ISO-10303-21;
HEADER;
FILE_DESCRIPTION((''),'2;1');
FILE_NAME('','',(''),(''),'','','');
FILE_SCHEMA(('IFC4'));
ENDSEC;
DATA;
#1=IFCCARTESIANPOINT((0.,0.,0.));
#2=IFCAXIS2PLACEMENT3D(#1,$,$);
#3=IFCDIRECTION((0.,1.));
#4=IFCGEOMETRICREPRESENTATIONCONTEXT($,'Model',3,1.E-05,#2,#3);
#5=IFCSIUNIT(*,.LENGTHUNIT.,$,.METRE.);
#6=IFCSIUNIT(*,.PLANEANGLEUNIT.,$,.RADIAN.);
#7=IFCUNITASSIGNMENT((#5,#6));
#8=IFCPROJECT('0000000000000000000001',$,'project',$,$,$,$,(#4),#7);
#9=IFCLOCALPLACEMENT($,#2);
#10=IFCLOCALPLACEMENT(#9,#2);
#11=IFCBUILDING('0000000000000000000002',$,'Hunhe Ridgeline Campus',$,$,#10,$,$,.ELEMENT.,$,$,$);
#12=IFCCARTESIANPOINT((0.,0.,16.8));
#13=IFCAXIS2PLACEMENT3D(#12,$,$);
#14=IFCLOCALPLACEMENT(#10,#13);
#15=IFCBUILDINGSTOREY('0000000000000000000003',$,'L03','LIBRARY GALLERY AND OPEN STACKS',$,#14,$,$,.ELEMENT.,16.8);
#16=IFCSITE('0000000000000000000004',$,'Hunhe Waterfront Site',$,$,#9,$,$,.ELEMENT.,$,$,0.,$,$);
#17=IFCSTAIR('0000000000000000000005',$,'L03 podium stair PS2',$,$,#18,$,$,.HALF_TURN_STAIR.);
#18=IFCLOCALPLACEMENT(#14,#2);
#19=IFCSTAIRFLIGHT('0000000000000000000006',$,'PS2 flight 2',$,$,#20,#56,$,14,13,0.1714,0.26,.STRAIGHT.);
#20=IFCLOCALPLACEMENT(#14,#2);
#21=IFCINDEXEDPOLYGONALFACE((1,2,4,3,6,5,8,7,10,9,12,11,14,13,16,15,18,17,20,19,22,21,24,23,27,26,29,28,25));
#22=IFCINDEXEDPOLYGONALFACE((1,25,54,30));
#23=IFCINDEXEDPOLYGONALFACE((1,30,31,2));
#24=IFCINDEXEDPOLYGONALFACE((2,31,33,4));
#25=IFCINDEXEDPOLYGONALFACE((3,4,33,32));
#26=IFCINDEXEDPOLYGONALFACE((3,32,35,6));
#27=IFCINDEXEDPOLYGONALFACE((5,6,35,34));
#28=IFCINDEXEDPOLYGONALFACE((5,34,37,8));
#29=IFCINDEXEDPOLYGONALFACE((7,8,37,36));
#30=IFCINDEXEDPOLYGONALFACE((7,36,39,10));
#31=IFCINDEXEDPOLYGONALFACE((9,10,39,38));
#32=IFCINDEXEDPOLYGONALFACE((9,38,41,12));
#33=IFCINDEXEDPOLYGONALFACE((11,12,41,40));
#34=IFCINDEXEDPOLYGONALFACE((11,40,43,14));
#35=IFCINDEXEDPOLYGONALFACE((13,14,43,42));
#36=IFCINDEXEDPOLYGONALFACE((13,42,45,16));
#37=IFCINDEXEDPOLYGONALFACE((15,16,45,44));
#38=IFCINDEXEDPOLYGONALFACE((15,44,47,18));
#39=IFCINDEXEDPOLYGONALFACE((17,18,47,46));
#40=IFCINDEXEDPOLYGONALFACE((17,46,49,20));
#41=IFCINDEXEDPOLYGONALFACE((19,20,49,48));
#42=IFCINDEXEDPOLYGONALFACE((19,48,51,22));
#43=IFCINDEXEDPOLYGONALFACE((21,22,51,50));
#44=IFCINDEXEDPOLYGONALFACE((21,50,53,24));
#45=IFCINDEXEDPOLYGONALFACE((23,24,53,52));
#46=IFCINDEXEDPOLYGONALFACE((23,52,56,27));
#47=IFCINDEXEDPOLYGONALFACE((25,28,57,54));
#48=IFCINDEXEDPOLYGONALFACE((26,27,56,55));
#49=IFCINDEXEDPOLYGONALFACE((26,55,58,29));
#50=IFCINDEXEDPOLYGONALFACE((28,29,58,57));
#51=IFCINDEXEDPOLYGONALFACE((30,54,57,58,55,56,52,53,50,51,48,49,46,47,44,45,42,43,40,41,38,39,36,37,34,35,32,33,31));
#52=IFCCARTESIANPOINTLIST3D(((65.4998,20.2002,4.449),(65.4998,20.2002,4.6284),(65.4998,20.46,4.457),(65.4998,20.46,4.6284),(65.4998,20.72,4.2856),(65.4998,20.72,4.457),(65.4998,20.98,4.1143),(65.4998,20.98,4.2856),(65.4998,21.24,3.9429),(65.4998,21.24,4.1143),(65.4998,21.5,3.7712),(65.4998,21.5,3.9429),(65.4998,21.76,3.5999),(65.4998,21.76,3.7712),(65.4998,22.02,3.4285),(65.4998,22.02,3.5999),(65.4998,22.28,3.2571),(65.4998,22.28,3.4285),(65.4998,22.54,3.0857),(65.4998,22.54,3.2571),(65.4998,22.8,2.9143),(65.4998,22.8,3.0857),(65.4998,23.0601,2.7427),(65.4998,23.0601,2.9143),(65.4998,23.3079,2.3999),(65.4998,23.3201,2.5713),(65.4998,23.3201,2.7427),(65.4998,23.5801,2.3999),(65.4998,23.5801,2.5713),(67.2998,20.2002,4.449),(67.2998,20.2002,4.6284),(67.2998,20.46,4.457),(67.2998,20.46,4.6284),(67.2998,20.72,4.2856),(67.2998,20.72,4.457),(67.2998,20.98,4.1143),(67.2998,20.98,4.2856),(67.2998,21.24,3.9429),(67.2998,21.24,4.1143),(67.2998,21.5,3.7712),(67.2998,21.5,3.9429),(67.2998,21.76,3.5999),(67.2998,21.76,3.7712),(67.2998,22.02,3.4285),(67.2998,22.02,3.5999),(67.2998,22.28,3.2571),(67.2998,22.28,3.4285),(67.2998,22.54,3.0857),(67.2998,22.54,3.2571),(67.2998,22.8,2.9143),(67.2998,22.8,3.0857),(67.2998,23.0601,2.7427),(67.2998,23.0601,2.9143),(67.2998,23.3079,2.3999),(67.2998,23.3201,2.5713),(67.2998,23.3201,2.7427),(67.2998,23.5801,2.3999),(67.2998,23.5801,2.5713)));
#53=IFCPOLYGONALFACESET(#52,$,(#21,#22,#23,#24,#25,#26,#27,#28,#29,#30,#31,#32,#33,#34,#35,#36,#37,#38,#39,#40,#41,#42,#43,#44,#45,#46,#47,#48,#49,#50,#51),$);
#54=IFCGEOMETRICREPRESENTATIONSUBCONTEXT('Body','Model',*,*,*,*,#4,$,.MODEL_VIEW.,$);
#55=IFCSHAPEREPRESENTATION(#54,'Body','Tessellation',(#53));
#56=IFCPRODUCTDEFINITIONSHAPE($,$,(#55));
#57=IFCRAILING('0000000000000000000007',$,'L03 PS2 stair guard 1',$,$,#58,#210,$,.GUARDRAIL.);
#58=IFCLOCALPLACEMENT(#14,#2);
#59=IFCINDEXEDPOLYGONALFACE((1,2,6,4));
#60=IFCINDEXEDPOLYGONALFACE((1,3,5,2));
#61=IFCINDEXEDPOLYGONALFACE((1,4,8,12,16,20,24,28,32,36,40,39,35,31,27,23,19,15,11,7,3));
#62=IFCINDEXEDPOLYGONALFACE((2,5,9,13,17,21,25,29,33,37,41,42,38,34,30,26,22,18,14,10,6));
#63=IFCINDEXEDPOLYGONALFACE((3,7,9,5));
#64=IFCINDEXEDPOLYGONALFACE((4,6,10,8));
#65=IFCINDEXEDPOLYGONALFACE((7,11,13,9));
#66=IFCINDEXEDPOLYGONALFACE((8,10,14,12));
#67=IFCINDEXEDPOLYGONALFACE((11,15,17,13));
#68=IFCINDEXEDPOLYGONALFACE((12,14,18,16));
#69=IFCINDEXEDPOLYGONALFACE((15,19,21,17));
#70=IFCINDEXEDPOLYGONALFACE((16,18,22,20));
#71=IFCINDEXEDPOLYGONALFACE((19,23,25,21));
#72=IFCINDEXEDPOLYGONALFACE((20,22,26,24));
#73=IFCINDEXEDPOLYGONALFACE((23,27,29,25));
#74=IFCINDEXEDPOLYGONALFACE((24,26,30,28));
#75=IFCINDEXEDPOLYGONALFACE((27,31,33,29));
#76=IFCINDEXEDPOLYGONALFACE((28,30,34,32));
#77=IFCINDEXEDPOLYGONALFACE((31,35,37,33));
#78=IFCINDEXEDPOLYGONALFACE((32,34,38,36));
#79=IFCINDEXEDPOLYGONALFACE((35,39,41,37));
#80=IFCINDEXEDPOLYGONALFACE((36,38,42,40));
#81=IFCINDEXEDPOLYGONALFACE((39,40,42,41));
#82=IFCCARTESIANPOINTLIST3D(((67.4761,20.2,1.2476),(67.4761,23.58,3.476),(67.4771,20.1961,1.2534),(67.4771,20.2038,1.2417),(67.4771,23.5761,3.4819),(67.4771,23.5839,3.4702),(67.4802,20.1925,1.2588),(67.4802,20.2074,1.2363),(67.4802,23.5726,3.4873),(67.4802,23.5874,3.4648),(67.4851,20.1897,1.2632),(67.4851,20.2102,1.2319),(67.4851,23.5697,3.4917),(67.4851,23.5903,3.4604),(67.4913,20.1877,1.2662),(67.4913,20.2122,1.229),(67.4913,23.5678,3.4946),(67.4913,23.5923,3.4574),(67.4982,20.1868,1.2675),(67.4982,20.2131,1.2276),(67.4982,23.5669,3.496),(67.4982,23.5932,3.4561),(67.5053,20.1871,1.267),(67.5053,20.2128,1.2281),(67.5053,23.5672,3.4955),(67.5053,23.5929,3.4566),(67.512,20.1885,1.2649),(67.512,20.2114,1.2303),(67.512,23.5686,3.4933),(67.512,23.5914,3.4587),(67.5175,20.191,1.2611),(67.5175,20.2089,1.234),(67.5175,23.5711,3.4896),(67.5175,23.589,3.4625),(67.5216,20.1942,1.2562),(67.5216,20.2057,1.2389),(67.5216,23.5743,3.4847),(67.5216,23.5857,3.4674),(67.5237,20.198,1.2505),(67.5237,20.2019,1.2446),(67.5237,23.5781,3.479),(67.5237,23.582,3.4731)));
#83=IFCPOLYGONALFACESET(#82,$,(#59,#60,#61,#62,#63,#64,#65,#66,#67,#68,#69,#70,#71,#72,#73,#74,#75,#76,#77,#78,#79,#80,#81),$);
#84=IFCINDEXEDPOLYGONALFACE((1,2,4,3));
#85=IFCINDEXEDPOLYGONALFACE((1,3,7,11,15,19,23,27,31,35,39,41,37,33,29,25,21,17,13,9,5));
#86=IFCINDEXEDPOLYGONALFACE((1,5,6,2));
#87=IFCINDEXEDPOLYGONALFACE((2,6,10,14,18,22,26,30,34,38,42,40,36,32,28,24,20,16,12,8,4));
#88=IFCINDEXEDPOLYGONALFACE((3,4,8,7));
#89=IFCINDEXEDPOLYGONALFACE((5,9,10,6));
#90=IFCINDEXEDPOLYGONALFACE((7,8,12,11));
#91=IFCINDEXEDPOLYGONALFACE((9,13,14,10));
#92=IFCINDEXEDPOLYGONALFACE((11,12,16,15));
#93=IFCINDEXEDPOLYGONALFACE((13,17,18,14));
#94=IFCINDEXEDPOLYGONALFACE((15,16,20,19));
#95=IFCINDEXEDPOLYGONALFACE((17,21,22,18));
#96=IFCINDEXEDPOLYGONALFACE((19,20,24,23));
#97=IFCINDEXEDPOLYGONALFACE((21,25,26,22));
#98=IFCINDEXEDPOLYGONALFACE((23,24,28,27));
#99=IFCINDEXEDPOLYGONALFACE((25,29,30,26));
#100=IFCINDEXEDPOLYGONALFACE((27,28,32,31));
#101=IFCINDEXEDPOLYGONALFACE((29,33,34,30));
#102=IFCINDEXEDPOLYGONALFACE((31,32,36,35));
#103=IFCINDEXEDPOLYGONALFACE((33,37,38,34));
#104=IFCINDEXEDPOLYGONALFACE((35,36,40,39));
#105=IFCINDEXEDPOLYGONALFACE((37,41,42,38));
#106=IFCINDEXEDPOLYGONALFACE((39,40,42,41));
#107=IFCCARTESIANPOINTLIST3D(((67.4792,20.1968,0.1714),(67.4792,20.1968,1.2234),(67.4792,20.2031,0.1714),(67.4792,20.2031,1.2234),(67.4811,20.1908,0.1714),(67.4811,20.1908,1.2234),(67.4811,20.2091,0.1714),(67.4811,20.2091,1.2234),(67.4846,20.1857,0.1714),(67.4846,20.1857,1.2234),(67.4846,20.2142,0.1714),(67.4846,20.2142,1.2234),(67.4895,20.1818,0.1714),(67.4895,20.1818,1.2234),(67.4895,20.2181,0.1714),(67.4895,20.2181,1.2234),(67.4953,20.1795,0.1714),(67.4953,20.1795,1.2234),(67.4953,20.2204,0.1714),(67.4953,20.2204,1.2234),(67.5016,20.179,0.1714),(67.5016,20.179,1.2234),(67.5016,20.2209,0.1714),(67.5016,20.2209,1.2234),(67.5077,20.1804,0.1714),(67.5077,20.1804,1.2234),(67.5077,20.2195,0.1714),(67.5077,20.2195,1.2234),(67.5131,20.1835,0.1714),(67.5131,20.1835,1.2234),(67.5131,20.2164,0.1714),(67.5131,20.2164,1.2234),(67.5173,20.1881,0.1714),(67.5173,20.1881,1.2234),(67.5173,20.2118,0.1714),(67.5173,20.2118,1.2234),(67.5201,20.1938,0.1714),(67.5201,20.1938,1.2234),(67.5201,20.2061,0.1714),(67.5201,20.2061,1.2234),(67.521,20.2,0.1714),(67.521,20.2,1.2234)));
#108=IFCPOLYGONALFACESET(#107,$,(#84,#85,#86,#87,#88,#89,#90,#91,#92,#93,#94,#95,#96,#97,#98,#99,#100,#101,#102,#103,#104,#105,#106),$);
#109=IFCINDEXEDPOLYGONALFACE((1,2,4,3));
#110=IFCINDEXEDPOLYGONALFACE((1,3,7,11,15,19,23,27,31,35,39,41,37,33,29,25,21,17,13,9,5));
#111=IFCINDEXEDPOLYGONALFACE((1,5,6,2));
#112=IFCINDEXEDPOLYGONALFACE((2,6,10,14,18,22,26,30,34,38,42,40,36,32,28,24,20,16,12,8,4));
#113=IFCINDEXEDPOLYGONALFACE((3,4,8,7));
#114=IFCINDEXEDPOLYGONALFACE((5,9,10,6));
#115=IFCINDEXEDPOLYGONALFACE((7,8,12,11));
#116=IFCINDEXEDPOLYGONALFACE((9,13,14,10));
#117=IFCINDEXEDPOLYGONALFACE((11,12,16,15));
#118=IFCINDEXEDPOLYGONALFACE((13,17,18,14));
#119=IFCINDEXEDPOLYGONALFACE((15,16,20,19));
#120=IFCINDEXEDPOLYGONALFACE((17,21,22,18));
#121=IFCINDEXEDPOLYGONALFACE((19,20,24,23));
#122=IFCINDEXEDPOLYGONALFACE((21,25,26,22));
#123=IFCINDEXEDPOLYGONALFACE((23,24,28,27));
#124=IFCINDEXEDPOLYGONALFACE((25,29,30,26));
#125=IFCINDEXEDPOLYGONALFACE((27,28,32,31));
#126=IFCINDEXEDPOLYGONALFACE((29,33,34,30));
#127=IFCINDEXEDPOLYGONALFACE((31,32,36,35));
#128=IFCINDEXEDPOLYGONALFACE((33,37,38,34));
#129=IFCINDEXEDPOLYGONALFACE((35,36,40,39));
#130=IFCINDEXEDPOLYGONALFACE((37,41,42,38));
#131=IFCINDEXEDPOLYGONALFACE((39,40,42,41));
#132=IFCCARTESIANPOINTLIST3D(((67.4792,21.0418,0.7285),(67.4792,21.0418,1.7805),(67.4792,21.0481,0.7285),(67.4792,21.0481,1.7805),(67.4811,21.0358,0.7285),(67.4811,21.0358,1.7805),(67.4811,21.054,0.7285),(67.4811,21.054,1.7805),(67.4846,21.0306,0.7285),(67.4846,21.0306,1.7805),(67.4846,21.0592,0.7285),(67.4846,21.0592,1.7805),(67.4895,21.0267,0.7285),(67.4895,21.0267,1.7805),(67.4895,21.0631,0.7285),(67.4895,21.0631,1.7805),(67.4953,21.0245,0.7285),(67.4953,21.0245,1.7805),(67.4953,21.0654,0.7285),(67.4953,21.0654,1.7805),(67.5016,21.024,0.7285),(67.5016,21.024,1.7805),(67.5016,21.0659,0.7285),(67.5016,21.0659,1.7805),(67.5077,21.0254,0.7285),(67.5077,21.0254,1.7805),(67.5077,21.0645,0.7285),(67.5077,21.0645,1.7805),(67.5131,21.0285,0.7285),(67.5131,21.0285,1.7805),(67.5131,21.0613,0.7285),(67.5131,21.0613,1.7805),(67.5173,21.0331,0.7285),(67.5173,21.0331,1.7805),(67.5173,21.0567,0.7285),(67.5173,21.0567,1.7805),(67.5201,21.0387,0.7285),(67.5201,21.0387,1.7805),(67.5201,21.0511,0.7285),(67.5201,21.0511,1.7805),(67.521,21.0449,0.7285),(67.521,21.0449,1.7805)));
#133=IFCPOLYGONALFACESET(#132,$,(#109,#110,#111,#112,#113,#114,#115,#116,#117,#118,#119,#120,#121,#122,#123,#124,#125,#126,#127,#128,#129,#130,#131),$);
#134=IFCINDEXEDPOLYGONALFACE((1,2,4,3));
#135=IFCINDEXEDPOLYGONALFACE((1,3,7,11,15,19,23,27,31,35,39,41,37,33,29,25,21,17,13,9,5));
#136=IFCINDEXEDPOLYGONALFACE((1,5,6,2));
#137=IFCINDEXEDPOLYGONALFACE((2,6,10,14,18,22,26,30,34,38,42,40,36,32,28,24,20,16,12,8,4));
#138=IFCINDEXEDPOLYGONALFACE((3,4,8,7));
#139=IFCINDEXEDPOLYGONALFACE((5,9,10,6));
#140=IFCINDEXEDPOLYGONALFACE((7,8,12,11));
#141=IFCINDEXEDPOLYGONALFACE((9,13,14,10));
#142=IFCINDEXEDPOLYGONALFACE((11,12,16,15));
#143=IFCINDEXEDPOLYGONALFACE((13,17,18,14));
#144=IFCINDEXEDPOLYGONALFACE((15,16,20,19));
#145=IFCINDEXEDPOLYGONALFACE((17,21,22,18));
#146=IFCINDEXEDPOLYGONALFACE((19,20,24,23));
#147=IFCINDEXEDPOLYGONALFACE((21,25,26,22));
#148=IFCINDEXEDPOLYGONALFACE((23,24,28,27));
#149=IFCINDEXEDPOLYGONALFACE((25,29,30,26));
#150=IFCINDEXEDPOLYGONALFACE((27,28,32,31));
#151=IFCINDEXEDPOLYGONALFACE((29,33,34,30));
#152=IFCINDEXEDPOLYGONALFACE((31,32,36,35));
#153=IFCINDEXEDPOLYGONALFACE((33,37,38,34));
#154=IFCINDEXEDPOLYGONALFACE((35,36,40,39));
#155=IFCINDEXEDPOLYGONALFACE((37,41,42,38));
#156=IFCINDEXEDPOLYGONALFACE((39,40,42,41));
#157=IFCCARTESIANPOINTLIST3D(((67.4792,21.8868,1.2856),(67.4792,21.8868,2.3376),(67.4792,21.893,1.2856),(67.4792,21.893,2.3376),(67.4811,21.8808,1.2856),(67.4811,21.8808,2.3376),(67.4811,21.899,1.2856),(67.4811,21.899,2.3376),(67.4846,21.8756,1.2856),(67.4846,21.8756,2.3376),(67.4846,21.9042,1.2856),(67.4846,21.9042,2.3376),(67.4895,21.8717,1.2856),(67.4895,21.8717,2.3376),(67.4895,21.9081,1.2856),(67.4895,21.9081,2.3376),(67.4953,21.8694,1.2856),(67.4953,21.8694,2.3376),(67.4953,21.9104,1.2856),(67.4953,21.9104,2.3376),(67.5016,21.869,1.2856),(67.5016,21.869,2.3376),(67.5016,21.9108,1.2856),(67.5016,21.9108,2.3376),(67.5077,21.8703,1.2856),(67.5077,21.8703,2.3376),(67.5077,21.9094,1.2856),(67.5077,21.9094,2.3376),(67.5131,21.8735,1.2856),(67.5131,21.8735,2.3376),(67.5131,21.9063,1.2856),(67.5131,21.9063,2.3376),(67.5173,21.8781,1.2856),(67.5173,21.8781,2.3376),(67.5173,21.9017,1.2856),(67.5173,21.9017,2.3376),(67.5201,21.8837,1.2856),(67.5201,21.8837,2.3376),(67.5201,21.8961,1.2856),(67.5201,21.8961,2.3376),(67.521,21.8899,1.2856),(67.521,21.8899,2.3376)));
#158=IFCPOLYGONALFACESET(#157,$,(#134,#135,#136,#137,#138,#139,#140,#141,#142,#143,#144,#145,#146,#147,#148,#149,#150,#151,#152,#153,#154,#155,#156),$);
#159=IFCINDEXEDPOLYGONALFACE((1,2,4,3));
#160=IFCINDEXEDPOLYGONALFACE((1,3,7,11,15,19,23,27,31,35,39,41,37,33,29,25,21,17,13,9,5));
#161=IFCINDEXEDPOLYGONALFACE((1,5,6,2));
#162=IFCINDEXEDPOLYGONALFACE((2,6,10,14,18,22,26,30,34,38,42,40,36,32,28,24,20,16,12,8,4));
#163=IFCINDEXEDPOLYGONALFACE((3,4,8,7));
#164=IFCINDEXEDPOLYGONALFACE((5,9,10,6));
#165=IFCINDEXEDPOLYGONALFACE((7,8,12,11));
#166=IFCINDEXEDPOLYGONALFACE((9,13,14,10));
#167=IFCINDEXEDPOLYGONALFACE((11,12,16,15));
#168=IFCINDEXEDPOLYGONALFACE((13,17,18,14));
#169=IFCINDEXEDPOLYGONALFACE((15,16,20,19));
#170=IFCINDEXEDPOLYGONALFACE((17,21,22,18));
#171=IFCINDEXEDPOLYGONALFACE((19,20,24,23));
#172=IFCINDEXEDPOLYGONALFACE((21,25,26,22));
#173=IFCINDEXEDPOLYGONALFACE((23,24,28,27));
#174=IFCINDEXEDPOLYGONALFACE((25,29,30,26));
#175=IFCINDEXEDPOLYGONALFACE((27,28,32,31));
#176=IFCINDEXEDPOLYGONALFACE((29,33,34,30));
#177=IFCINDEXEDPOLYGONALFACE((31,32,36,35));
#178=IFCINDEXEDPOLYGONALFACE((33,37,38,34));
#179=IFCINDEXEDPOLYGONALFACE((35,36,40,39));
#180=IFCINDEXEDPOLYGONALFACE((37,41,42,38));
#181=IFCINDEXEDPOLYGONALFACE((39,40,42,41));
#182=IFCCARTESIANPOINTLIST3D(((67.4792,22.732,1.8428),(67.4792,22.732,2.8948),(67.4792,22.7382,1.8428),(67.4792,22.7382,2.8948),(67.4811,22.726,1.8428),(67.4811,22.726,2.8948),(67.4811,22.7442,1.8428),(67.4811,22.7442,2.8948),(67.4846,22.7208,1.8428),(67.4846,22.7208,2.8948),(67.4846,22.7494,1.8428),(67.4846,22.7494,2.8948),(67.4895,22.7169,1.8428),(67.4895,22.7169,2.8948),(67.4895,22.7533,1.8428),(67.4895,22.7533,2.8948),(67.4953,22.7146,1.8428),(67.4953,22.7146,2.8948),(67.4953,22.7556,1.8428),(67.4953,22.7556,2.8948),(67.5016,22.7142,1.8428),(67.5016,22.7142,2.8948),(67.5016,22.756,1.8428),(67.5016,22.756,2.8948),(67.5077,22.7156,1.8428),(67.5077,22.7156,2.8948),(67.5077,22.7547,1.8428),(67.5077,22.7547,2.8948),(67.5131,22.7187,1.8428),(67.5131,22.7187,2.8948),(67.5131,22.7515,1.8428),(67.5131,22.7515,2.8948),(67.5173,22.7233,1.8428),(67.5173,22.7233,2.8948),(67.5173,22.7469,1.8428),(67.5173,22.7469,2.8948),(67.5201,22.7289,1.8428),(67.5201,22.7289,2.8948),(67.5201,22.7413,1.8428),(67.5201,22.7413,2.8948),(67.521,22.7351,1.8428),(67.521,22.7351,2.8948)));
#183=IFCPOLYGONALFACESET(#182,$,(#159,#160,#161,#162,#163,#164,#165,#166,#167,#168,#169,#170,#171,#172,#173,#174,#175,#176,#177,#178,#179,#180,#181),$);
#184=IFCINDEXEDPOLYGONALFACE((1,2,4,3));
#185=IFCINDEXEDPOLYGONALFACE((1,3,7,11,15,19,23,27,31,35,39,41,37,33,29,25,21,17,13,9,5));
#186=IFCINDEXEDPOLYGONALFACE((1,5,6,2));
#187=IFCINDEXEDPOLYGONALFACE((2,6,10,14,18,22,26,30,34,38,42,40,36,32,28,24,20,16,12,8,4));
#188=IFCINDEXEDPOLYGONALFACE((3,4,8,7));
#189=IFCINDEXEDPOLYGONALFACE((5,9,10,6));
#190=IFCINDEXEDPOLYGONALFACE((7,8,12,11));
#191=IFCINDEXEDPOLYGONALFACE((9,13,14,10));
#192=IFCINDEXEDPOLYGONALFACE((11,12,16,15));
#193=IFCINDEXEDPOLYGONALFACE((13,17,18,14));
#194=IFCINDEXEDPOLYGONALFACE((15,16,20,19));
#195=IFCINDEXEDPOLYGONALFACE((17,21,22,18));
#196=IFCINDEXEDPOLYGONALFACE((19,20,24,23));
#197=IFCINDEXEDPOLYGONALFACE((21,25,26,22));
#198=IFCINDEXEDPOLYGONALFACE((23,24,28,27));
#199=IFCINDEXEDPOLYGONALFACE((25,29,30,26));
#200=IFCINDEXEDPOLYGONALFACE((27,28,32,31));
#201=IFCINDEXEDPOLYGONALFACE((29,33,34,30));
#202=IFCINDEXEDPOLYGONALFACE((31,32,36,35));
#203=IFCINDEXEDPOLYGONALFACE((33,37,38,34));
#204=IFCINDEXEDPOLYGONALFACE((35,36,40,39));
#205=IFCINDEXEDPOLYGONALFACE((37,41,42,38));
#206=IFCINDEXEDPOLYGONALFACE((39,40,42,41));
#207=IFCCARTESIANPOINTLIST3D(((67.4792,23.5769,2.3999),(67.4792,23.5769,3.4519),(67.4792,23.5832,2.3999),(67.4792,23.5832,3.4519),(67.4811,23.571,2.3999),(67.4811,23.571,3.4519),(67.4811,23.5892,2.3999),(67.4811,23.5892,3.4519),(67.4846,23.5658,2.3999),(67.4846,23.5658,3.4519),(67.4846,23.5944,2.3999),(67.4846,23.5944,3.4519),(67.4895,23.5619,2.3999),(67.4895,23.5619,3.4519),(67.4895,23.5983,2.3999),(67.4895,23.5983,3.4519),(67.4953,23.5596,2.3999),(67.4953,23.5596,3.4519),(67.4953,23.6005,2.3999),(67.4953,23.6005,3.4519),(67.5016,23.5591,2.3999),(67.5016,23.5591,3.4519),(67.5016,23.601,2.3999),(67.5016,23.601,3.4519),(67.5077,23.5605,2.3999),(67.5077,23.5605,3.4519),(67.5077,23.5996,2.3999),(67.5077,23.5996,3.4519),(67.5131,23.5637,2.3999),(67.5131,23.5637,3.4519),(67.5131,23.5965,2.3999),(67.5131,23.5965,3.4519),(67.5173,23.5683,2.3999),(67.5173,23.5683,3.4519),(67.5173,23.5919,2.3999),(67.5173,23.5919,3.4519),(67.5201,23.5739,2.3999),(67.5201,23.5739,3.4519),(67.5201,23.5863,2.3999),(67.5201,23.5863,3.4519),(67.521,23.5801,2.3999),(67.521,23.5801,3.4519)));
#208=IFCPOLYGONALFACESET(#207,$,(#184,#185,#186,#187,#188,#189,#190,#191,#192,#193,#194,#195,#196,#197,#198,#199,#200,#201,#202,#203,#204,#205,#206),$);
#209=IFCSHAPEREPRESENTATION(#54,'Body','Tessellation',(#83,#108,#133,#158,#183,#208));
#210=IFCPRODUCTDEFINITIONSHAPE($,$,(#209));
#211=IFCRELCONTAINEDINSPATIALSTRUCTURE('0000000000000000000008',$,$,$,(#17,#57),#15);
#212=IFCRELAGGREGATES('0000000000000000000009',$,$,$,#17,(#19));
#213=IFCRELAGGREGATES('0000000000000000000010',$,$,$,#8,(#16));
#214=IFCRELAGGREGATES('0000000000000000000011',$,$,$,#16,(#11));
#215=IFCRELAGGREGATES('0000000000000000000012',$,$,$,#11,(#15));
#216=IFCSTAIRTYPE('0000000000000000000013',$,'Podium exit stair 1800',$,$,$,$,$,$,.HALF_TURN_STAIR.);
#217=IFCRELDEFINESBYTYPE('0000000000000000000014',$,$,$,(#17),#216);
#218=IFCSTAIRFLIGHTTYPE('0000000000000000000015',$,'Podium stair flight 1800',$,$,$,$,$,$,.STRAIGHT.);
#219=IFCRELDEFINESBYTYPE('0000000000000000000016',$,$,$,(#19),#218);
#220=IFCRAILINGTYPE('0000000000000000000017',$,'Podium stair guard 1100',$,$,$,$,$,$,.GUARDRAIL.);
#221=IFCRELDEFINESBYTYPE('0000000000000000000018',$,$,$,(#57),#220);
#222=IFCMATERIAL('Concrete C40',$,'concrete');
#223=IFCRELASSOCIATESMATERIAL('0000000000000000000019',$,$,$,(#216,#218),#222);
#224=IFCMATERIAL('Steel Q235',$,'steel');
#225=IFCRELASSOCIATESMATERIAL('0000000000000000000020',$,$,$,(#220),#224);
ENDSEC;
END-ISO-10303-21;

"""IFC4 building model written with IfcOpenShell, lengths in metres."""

from ifc_helpers import new_model, si_unit, direction, frame, origin, origin_2d, place, context, subcontext, project, spatial, polyline, circle, outline, extrude, material, type_object, element, aggregate, save


model = new_model("IFC4")

# Units and contexts
model_context = context("Model", 3, precision=1e-05, world=origin(), true_north=direction((0.0, 1.0)))
body_context = subcontext(model_context, "Body", "Model", "MODEL_VIEW")
ifc_project = project(units=[si_unit("LENGTHUNIT", "METRE"), si_unit("PLANEANGLEUNIT", "RADIAN")], contexts=[model_context])

# Site, building, storey
site_placement = place(None, origin())
site = spatial("IfcSite", under=ifc_project, at=site_placement, Name="Hunhe Waterfront Site", CompositionType="ELEMENT", RefElevation=0.0)
building_placement = place(site_placement, origin())
building = spatial("IfcBuilding", under=site, at=building_placement, Name="Hunhe Ridgeline Campus", CompositionType="ELEMENT")
storey_placement = place(building_placement, frame((0.0, 0.0, 16.8)))
storey = spatial("IfcBuildingStorey", under=building, at=storey_placement, Name="L03", Description="LIBRARY GALLERY AND OPEN STACKS", CompositionType="ELEMENT", Elevation=16.8)

# Shared definitions
ifc_material_1 = material(Name="Concrete C40", Category="concrete")

# Stair, stair flight
stair_type = type_object("IfcStairType", Name="Podium exit stair 1800", PredefinedType="HALF_TURN_STAIR", material=ifc_material_1)
stair_placement = place(storey_placement, origin())
stair = element("IfcStair", 1, at=stair_placement, inside=storey, type_object=stair_type, Name="L03 podium stair PS2", PredefinedType="HALF_TURN_STAIR")
stair_flight_type = type_object("IfcStairFlightType", Name="Podium stair flight 1800", PredefinedType="STRAIGHT", material=ifc_material_1)
stair_flight_1_placement = place(storey_placement, frame((66.3999, 23.5801, 2.3999), z_axis=(0.0, 0.0, 1.0), x_axis=(0.0, -1.0, 0.0)))
stair_flight_1 = element("IfcStairFlight", 2, at=stair_flight_1_placement, type_object=stair_flight_type, Name="PS2 flight 2", NumberOfRisers=14, NumberOfTreads=13, PredefinedType="STRAIGHT", RiserHeight=0.1714, TreadLength=0.26, context=body_context, shape_type="SweptSolid", body=[
    extrude(outline(polyline([(0.0, 0.0), (0.0, 0.1714), (0.26, 0.1714), (0.26, 0.3428), (0.52, 0.3428), (0.52, 0.5144), (0.78, 0.5144), (0.78, 0.6858), (1.04, 0.6858), (1.04, 0.8572), (1.3, 0.8572), (1.3, 1.0286), (1.5601, 1.0286), (1.5601, 1.2), (1.8201, 1.2), (1.8201, 1.3713), (2.0801, 1.3713), (2.0801, 1.543), (2.3401, 1.543), (2.3401, 1.7144), (2.6001, 1.7144), (2.6001, 1.8857), (2.8601, 1.8857), (2.8601, 2.0571), (3.1201, 2.0571), (3.1201, 2.2285), (3.3799, 2.2285), (3.3799, 2.3999), (3.3799, 2.0491), (0.2722, 0.0), (0.0, 0.0)])), frame((0.0, 0.8999, 0.0), z_axis=(0.0, -1.0, 0.0), x_axis=(1.0, 0.0, 0.0)), (0.0, 0.0, 1.0), 1.8),
])
aggregate(stair, [stair_flight_1])

# Railing
ifc_material_2 = material(Name="Steel Q235", Category="steel")
railing_type_1 = type_object("IfcRailingType", Name="Podium stair guard 1100", PredefinedType="GUARDRAIL", material=ifc_material_2)
railing_1_placement = place(storey_placement, frame((67.5, 20.2, 0.1714)))
element("IfcRailing", 3, at=railing_1_placement, inside=storey, type_object=railing_type_1, Name="L03 PS2 stair guard 1", PredefinedType="GUARDRAIL", context=body_context, shape_type="SweptSolid", body=[
    extrude(circle(Radius=0.0239, at=origin_2d()), frame((0.0, 0.0, 1.0762), z_axis=(0.0, 0.834878, 0.550435), x_axis=(-1.0, 0.0, 0.0)), (0.0, 0.0, 1.0), 4.0486),
    extrude(circle(Radius=0.021, at=origin_2d()), origin(), (0.0, 0.0, 1.0), 1.052),
    extrude(circle(Radius=0.021, at=origin_2d()), frame((0.0, 0.845, 0.5571)), (0.0, 0.0, 1.0), 1.052),
    extrude(circle(Radius=0.021, at=origin_2d()), frame((0.0, 1.6899, 1.1143)), (0.0, 0.0, 1.0), 1.052),
    extrude(circle(Radius=0.021, at=origin_2d()), frame((0.0, 2.5352, 1.6714)), (0.0, 0.0, 1.0), 1.052),
    extrude(circle(Radius=0.021, at=origin_2d()), frame((0.0, 3.3801, 2.2285)), (0.0, 0.0, 1.0), 1.052),
])

save(model, "model.ifc")
